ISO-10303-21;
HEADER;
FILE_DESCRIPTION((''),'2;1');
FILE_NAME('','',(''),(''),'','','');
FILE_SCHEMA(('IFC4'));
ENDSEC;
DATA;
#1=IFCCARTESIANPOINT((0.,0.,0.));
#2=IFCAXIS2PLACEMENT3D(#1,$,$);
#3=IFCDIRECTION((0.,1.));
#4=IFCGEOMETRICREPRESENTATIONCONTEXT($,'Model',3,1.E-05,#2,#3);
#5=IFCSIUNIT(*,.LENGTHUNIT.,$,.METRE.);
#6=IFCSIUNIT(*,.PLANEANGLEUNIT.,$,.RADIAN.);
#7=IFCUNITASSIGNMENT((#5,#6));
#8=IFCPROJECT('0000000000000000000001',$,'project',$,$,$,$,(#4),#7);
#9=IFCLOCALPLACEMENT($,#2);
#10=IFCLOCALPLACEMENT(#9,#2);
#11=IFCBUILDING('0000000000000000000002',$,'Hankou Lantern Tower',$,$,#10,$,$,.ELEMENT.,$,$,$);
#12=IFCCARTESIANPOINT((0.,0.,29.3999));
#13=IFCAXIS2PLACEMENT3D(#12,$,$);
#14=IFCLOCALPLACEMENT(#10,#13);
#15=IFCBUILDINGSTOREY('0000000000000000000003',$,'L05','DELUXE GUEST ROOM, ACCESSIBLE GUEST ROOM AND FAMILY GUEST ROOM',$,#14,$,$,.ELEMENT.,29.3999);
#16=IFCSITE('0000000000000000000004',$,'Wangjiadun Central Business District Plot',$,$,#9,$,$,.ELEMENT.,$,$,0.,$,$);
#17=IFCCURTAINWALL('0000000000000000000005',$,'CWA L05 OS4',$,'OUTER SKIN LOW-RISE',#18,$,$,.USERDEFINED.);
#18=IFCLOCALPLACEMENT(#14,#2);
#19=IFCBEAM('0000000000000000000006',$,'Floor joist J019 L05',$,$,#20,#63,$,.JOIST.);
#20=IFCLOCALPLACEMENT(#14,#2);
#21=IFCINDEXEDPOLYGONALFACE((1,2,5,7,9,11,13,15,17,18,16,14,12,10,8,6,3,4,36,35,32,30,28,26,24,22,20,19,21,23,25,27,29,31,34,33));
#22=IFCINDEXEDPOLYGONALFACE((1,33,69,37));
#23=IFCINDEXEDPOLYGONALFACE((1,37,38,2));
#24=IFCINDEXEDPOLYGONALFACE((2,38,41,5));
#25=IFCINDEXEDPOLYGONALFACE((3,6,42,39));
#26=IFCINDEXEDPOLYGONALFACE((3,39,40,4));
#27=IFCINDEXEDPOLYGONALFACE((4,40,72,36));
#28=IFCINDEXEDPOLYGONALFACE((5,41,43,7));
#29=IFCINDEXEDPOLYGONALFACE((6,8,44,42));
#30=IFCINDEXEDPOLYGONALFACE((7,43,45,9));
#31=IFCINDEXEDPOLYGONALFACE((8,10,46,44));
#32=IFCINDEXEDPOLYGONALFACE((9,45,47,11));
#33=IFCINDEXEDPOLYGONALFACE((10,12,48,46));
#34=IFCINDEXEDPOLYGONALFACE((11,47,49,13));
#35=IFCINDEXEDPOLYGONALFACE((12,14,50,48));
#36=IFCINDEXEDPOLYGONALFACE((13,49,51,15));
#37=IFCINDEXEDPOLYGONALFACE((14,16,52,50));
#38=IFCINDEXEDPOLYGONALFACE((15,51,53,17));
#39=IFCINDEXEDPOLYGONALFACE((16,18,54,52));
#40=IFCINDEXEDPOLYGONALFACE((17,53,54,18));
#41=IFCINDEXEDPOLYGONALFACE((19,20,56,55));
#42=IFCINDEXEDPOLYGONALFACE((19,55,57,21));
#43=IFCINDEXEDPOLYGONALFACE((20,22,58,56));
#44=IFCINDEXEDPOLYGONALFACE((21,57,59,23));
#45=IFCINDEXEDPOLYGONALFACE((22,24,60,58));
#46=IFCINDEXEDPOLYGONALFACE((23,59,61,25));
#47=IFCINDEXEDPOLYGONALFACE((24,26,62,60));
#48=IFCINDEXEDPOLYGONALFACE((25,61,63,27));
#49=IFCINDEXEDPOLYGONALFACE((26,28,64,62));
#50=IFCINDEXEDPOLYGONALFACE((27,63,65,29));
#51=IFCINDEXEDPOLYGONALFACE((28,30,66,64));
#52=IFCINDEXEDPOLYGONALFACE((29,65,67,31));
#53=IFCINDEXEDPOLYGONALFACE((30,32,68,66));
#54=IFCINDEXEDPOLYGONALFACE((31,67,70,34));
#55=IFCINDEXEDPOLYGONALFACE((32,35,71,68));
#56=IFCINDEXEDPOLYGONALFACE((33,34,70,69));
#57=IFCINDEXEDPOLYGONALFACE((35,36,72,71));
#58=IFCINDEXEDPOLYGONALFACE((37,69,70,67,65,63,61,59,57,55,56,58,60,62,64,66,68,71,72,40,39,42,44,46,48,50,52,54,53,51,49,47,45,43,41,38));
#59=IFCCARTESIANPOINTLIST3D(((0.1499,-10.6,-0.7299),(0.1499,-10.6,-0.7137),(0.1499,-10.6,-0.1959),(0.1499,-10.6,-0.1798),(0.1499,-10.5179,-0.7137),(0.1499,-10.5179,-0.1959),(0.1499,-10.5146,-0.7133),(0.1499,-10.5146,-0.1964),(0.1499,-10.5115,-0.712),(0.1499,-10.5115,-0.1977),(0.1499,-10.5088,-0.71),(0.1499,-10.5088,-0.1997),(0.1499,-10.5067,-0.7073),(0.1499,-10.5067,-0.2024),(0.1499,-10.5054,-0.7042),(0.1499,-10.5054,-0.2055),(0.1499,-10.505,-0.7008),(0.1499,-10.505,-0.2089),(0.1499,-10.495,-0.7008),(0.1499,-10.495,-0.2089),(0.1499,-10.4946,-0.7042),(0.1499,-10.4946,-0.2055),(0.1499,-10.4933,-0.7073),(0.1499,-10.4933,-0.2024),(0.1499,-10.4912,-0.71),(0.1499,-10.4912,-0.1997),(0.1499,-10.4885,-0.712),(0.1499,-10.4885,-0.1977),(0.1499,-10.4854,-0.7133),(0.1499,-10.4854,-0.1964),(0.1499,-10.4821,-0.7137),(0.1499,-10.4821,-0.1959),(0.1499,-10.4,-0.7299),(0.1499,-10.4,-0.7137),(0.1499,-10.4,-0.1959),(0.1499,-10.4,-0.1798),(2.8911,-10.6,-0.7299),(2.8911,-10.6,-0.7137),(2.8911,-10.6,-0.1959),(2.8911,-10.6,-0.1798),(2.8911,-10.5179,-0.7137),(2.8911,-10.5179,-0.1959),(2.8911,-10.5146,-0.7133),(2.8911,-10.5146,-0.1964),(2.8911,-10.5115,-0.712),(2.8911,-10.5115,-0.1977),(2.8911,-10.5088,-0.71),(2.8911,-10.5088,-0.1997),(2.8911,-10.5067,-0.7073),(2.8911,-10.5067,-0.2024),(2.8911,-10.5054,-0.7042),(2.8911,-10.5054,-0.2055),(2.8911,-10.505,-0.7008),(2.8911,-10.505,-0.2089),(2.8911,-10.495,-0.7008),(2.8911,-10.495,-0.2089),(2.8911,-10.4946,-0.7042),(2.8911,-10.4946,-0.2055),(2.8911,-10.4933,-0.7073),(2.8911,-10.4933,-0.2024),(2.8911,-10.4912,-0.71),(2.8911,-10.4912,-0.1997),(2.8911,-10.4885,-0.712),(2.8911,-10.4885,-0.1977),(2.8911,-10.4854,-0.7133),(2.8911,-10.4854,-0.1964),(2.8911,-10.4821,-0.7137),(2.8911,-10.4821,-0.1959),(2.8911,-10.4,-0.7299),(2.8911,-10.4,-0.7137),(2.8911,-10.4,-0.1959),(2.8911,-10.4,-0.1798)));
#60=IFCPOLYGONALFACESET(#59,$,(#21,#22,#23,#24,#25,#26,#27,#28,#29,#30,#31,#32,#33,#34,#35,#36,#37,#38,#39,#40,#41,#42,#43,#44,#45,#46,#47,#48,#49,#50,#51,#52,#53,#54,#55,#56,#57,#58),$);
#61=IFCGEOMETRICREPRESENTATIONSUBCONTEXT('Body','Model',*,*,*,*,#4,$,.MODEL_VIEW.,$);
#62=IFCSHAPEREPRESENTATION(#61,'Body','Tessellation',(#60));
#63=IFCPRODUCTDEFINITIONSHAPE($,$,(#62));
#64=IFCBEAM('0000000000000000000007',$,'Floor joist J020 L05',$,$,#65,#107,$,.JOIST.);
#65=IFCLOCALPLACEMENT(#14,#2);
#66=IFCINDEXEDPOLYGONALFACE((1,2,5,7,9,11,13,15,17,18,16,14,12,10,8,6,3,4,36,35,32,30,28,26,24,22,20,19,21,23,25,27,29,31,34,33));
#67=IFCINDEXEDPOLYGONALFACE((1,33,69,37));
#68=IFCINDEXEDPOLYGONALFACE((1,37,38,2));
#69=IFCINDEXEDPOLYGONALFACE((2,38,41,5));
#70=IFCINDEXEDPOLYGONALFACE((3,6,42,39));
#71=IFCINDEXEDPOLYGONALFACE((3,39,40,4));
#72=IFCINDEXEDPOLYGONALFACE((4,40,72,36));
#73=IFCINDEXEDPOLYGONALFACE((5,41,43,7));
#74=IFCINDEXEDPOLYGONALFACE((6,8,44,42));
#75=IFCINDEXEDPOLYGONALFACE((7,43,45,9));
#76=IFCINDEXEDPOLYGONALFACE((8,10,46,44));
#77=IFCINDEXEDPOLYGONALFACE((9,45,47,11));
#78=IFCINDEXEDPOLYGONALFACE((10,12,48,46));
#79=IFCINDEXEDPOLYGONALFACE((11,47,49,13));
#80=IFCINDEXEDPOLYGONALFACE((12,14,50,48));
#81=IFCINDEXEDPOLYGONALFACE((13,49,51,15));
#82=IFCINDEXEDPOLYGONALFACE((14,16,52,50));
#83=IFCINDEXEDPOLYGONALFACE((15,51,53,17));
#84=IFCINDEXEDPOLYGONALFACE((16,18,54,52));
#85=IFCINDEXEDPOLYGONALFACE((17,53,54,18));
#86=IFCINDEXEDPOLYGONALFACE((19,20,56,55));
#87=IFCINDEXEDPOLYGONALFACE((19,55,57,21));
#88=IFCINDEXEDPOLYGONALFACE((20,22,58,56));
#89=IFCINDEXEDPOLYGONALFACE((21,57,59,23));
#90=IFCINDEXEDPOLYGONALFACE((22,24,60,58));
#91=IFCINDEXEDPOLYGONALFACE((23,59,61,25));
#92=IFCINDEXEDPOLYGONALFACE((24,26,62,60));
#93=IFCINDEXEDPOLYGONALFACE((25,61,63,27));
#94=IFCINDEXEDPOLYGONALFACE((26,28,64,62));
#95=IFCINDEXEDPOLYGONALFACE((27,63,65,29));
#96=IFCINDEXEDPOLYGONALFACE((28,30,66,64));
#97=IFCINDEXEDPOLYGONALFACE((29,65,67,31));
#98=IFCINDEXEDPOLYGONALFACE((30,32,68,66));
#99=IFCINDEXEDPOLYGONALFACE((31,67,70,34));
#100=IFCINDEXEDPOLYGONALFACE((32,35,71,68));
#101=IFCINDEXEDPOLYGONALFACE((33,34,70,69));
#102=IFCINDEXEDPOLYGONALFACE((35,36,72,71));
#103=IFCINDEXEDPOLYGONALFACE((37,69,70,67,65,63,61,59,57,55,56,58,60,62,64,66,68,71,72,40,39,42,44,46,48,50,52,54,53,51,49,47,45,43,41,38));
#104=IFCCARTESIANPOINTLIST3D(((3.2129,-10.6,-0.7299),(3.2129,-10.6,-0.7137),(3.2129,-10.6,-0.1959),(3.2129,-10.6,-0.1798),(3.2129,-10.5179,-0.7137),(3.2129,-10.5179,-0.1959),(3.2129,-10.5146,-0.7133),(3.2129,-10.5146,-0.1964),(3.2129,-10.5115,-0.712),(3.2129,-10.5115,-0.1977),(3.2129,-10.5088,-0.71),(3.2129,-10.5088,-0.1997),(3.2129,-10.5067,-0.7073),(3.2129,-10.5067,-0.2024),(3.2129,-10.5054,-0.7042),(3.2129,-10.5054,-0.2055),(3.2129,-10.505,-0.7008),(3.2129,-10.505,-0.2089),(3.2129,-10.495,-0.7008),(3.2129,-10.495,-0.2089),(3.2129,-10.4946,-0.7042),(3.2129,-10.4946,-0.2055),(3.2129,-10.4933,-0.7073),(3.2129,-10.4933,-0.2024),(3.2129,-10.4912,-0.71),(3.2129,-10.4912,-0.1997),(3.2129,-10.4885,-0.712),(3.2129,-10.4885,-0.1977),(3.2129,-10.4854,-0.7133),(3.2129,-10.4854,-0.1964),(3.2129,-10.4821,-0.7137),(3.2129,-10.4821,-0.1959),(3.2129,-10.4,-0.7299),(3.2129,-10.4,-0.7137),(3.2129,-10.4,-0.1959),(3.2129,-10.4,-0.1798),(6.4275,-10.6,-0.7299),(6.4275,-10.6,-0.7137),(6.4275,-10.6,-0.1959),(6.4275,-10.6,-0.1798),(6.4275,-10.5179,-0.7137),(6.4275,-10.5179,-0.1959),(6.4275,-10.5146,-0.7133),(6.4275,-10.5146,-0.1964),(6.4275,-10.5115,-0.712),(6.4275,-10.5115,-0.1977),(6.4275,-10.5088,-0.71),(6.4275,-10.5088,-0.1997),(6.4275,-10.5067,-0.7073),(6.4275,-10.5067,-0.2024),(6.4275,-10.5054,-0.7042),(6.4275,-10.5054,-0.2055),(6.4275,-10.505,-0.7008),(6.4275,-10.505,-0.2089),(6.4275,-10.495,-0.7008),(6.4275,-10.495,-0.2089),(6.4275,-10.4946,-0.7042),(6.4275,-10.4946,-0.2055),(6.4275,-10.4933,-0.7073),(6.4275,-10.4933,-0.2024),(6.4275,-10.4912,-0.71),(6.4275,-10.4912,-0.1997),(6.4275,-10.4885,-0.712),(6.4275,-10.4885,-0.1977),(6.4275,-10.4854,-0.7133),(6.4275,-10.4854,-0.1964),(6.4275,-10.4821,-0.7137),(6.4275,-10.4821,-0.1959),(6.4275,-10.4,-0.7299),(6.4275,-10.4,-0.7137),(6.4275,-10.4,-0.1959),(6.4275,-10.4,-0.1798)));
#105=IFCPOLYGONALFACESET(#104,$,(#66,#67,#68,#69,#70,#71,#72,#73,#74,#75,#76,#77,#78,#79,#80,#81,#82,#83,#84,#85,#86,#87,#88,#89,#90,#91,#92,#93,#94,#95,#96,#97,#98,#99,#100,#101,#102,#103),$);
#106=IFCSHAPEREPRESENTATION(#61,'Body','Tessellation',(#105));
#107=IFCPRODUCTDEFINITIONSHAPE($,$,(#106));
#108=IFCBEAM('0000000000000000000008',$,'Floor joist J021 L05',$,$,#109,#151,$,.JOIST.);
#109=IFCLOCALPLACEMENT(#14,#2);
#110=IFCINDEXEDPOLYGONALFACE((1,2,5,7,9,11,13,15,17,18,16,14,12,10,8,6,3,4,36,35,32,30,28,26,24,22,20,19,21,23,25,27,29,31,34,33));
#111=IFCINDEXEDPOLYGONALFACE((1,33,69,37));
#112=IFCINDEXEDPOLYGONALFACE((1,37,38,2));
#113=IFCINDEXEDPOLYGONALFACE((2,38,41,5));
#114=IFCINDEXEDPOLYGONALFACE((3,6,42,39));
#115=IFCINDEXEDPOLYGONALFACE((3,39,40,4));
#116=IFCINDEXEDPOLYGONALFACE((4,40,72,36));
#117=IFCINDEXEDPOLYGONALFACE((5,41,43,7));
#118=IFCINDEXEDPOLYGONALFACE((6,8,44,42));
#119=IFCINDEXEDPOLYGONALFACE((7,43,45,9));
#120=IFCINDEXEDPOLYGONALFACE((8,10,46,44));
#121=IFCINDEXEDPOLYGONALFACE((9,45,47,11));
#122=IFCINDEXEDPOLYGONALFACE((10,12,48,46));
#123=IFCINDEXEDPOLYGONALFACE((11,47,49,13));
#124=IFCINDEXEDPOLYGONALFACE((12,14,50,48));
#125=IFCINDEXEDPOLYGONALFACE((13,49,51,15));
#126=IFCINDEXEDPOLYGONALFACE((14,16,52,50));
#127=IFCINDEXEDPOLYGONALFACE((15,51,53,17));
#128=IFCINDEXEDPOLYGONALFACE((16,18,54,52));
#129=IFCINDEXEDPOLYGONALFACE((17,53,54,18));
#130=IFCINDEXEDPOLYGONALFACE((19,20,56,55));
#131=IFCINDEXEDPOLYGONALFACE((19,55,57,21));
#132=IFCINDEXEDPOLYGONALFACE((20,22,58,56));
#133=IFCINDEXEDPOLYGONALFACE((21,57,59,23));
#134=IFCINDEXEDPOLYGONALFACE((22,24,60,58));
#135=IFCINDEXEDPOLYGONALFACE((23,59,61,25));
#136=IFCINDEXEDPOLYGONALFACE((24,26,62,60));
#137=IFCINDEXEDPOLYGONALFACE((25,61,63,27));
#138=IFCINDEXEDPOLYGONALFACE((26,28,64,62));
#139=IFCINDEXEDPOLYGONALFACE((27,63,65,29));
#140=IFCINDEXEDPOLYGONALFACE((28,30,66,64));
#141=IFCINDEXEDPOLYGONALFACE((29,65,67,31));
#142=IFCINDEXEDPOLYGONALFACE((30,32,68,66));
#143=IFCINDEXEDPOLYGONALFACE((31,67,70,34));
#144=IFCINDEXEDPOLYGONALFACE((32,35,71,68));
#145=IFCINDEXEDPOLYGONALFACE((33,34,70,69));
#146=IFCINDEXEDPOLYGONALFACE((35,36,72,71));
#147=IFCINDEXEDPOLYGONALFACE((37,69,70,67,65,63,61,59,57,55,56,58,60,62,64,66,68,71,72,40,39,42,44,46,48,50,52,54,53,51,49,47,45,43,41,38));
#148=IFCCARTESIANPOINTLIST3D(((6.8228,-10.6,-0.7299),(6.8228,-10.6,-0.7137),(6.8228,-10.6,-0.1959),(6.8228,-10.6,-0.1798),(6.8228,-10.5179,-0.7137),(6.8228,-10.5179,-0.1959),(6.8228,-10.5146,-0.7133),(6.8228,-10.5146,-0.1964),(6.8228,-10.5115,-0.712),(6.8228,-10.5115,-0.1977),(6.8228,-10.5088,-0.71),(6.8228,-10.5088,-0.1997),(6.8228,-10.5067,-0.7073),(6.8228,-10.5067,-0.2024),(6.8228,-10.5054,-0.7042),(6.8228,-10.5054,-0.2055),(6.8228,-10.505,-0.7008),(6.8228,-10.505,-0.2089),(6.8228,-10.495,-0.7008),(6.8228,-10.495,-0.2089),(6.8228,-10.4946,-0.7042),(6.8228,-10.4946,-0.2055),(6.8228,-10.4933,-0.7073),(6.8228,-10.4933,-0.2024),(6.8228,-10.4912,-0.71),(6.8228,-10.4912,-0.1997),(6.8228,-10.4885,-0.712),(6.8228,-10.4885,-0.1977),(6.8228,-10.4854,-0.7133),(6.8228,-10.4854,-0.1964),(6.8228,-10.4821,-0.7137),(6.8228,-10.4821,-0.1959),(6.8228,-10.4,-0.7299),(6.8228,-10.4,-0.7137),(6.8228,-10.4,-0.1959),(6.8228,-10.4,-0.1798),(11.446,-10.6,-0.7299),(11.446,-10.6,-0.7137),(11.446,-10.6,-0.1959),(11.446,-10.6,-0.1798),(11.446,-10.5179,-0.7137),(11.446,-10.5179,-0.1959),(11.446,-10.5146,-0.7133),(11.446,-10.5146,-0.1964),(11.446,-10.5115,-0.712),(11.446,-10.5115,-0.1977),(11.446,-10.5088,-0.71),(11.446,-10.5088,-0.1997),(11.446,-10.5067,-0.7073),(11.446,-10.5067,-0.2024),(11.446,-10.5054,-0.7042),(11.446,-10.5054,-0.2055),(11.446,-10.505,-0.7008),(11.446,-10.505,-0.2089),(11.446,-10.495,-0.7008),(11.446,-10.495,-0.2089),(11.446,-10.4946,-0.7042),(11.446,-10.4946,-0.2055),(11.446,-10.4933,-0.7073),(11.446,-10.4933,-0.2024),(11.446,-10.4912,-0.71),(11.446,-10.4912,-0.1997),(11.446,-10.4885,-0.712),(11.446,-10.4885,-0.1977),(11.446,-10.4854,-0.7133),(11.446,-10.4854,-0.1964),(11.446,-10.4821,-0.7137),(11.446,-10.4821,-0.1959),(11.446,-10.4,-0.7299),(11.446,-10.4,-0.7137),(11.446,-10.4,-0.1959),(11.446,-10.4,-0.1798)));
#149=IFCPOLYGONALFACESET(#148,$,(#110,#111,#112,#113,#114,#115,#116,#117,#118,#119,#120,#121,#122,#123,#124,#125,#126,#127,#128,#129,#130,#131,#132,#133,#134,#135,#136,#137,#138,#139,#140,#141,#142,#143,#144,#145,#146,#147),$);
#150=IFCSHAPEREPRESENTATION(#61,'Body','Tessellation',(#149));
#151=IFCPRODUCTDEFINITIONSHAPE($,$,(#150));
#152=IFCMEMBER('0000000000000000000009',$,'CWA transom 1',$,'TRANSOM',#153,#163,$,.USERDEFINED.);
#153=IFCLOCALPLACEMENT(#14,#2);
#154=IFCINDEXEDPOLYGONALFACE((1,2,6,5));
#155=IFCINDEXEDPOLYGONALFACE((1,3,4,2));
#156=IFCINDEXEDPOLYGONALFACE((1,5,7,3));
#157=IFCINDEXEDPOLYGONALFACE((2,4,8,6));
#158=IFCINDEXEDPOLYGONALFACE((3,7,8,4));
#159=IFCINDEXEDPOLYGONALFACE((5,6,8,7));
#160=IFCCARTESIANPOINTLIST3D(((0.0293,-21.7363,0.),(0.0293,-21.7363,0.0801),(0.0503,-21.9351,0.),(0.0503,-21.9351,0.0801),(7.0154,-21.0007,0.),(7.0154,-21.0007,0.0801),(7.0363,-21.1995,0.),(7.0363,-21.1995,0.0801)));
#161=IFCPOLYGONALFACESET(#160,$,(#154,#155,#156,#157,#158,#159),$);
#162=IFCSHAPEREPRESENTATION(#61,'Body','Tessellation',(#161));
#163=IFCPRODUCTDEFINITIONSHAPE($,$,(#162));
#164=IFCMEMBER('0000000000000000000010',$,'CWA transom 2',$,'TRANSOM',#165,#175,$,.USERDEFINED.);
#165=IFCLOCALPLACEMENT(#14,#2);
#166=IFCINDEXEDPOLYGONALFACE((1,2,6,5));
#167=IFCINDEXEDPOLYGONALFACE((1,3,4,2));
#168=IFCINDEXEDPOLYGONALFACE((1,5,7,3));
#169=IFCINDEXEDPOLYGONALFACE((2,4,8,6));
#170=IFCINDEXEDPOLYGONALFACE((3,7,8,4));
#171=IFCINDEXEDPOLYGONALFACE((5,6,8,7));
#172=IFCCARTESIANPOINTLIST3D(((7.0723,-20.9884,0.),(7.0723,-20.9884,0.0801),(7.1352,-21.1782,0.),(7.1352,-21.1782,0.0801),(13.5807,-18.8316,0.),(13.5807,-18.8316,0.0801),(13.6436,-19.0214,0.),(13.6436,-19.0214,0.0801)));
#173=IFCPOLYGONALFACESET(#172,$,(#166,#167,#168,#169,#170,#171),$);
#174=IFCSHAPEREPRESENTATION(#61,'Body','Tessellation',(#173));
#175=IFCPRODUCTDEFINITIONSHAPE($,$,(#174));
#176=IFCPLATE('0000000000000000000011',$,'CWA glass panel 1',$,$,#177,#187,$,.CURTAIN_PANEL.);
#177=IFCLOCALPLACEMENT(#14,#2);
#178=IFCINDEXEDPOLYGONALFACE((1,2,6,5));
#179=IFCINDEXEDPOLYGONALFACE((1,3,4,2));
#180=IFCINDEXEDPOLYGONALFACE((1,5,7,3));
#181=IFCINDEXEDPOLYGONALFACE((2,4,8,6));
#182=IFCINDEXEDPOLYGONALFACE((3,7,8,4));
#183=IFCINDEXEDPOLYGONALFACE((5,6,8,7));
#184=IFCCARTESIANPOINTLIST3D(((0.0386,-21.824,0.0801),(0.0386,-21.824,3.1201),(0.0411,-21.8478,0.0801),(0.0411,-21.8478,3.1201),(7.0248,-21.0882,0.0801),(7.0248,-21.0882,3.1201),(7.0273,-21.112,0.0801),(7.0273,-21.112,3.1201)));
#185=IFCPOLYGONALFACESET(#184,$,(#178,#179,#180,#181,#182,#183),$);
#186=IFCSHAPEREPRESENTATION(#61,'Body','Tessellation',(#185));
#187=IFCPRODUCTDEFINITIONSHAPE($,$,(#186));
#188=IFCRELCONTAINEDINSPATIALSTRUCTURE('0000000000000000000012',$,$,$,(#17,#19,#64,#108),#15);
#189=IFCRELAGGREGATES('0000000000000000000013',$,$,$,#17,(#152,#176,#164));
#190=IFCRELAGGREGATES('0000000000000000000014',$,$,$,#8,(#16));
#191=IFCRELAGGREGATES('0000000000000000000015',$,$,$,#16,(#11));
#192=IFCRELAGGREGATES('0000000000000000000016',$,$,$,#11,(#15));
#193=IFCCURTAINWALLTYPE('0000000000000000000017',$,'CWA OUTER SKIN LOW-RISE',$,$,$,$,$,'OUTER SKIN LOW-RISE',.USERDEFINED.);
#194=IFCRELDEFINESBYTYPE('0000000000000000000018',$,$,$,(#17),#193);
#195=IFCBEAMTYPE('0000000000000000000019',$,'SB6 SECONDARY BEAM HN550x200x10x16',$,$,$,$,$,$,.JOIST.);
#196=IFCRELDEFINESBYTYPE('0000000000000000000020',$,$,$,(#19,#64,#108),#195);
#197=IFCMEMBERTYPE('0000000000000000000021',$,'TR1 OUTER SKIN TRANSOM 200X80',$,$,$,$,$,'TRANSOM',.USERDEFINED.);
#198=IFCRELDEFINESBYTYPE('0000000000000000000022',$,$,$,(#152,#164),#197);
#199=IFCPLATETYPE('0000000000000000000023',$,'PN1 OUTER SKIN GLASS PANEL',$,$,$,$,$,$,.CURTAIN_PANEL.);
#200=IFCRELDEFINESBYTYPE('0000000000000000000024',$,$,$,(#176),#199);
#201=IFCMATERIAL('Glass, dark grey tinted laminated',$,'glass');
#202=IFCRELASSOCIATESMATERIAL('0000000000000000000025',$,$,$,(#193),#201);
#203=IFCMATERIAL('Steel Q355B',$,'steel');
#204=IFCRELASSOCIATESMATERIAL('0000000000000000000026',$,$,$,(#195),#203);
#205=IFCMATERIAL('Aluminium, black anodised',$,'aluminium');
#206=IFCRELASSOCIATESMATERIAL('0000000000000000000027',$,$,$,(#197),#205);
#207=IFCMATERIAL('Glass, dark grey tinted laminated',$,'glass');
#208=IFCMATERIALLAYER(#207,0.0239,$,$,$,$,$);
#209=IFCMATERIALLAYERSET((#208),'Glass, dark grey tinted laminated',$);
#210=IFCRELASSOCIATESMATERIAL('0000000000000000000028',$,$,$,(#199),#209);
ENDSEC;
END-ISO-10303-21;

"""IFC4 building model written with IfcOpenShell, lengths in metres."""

from ifc_helpers import new_model, si_unit, direction, frame, origin, origin_2d, place, context, subcontext, project, spatial, rectangle, i_section, extrude, material, layer, layer_set, material_profile, profile_set, type_object, element, aggregate, save


model = new_model("IFC4")

# Units and contexts
model_context = context("Model", 3, precision=1e-05, world=origin(), true_north=direction((0.0, 1.0)))
body_context = subcontext(model_context, "Body", "Model", "MODEL_VIEW")
ifc_project = project(units=[si_unit("LENGTHUNIT", "METRE"), si_unit("PLANEANGLEUNIT", "RADIAN")], contexts=[model_context])

# Site, building, storey
site_placement = place(None, origin())
site = spatial("IfcSite", under=ifc_project, at=site_placement, Name="Wangjiadun Central Business District Plot", CompositionType="ELEMENT", RefElevation=0.0)
building_placement = place(site_placement, origin())
building = spatial("IfcBuilding", under=site, at=building_placement, Name="Hankou Lantern Tower", CompositionType="ELEMENT")
storey_placement = place(building_placement, frame((0.0, 0.0, 29.3999)))
storey = spatial("IfcBuildingStorey", under=building, at=storey_placement, Name="L05", Description="DELUXE GUEST ROOM, ACCESSIBLE GUEST ROOM AND FAMILY GUEST ROOM", CompositionType="ELEMENT", Elevation=29.3999)

# Curtain wall
ifc_material_1 = material(Name="Glass, dark grey tinted laminated", Category="glass")
curtain_wall_type = type_object("IfcCurtainWallType", Name="CWA OUTER SKIN LOW-RISE", ElementType="OUTER SKIN LOW-RISE", PredefinedType="USERDEFINED", material=ifc_material_1)
curtain_wall_placement = place(storey_placement, origin())
curtain_wall = element("IfcCurtainWall", 1, at=curtain_wall_placement, inside=storey, type_object=curtain_wall_type, Name="CWA L05 OS4", ObjectType="OUTER SKIN LOW-RISE", PredefinedType="USERDEFINED")

# Beams
ifc_material_2 = material(Name="Steel Q355B", Category="steel")
ifc_material_profile_1 = material_profile(ifc_material_2, i_section(OverallWidth=0.2, OverallDepth=0.55, WebThickness=0.01, FlangeThickness=0.0161, FilletRadius=0.0129, at=origin_2d()), Name="HN550x200x10x16")
ifc_profile_set_1 = profile_set([ifc_material_profile_1], Name="Steel Q355B")
beam_type_1 = type_object("IfcBeamType", Name="SB6 SECONDARY BEAM HN550x200x10x16", PredefinedType="JOIST", material=ifc_profile_set_1)
beam_1_placement = place(storey_placement, frame((0.1499, -10.5, -0.4548), z_axis=(1.0, 0.0, 0.0), x_axis=(0.0, 1.0, 0.0)))
element("IfcBeam", 2, at=beam_1_placement, inside=storey, type_object=beam_type_1, Name="Floor joist J019 L05", PredefinedType="JOIST", context=body_context, shape_type="SweptSolid", body=[
    extrude(i_section(OverallWidth=0.2, OverallDepth=0.55, WebThickness=0.01, FlangeThickness=0.0161, FilletRadius=0.0129, at=origin_2d()), origin(), (0.0, 0.0, 1.0), 2.7412),
])
beam_2_placement = place(storey_placement, frame((3.2129, -10.5, -0.4548), z_axis=(1.0, 0.0, 0.0), x_axis=(0.0, 1.0, 0.0)))
element("IfcBeam", 3, at=beam_2_placement, inside=storey, type_object=beam_type_1, Name="Floor joist J020 L05", PredefinedType="JOIST", context=body_context, shape_type="SweptSolid", body=[
    extrude(i_section(OverallWidth=0.2, OverallDepth=0.55, WebThickness=0.01, FlangeThickness=0.0161, FilletRadius=0.0129, at=origin_2d()), origin(), (0.0, 0.0, 1.0), 3.2146),
])
beam_3_placement = place(storey_placement, frame((6.8228, -10.5, -0.4548), z_axis=(1.0, 0.0, 0.0), x_axis=(0.0, 1.0, 0.0)))
element("IfcBeam", 4, at=beam_3_placement, inside=storey, type_object=beam_type_1, Name="Floor joist J021 L05", PredefinedType="JOIST", context=body_context, shape_type="SweptSolid", body=[
    extrude(i_section(OverallWidth=0.2, OverallDepth=0.55, WebThickness=0.01, FlangeThickness=0.0161, FilletRadius=0.0129, at=origin_2d()), origin(), (0.0, 0.0, 1.0), 4.6233),
])

# Members
ifc_material_3 = material(Name="Aluminium, black anodised", Category="aluminium")
ifc_material_profile_2 = material_profile(ifc_material_3, rectangle(XDim=0.2, YDim=0.0801, at=origin_2d()), Name="TR1 200X80")
ifc_profile_set_2 = profile_set([ifc_material_profile_2], Name="Aluminium, black anodised")
member_type_1 = type_object("IfcMemberType", Name="TR1 OUTER SKIN TRANSOM 200X80", ElementType="TRANSOM", PredefinedType="USERDEFINED", material=ifc_profile_set_2)
member_1_placement = place(storey_placement, frame((0.0398, -21.8357, 0.04), z_axis=(0.994502, 0.104716, 0.0), x_axis=(-0.104716, 0.994502, 0.0)))
member_1 = element("IfcMember", 5, at=member_1_placement, type_object=member_type_1, Name="CWA transom 1", ObjectType="TRANSOM", PredefinedType="USERDEFINED", context=body_context, shape_type="SweptSolid", body=[
    extrude(rectangle(XDim=0.2, YDim=0.0801, at=origin_2d()), origin(), (0.0, 0.0, 1.0), 7.0247),
])
member_2_placement = place(storey_placement, frame((7.1038, -21.0833, 0.04), z_axis=(0.949237, 0.314561, 0.0), x_axis=(-0.314561, 0.949237, 0.0)))
member_2 = element("IfcMember", 6, at=member_2_placement, type_object=member_type_1, Name="CWA transom 2", ObjectType="TRANSOM", PredefinedType="USERDEFINED", context=body_context, shape_type="SweptSolid", body=[
    extrude(rectangle(XDim=0.2, YDim=0.0801, at=origin_2d()), origin(), (0.0, 0.0, 1.0), 6.8564),
])

# Plate
ifc_material_4 = material(Name="Glass, dark grey tinted laminated", Category="glass")
ifc_layer_1 = layer(ifc_material_4, 0.0239)
ifc_layer_set_1 = layer_set([ifc_layer_1], Name="Glass, dark grey tinted laminated")
plate_type = type_object("IfcPlateType", Name="PN1 OUTER SKIN GLASS PANEL", PredefinedType="CURTAIN_PANEL", material=ifc_layer_set_1)
plate_1_placement = place(storey_placement, frame((3.533, -21.468, 0.0801), z_axis=(0.0, 0.0, 1.0), x_axis=(0.994499, 0.104743, 0.0)))
plate_1 = element("IfcPlate", 7, at=plate_1_placement, type_object=plate_type, Name="CWA glass panel 1", PredefinedType="CURTAIN_PANEL", context=body_context, shape_type="SweptSolid", body=[
    extrude(rectangle(XDim=7.0249, YDim=0.0239, at=origin_2d()), origin(), (0.0, 0.0, 1.0), 3.04),
])
aggregate(curtain_wall, [member_1, plate_1, member_2])

save(model, "model.ifc")
